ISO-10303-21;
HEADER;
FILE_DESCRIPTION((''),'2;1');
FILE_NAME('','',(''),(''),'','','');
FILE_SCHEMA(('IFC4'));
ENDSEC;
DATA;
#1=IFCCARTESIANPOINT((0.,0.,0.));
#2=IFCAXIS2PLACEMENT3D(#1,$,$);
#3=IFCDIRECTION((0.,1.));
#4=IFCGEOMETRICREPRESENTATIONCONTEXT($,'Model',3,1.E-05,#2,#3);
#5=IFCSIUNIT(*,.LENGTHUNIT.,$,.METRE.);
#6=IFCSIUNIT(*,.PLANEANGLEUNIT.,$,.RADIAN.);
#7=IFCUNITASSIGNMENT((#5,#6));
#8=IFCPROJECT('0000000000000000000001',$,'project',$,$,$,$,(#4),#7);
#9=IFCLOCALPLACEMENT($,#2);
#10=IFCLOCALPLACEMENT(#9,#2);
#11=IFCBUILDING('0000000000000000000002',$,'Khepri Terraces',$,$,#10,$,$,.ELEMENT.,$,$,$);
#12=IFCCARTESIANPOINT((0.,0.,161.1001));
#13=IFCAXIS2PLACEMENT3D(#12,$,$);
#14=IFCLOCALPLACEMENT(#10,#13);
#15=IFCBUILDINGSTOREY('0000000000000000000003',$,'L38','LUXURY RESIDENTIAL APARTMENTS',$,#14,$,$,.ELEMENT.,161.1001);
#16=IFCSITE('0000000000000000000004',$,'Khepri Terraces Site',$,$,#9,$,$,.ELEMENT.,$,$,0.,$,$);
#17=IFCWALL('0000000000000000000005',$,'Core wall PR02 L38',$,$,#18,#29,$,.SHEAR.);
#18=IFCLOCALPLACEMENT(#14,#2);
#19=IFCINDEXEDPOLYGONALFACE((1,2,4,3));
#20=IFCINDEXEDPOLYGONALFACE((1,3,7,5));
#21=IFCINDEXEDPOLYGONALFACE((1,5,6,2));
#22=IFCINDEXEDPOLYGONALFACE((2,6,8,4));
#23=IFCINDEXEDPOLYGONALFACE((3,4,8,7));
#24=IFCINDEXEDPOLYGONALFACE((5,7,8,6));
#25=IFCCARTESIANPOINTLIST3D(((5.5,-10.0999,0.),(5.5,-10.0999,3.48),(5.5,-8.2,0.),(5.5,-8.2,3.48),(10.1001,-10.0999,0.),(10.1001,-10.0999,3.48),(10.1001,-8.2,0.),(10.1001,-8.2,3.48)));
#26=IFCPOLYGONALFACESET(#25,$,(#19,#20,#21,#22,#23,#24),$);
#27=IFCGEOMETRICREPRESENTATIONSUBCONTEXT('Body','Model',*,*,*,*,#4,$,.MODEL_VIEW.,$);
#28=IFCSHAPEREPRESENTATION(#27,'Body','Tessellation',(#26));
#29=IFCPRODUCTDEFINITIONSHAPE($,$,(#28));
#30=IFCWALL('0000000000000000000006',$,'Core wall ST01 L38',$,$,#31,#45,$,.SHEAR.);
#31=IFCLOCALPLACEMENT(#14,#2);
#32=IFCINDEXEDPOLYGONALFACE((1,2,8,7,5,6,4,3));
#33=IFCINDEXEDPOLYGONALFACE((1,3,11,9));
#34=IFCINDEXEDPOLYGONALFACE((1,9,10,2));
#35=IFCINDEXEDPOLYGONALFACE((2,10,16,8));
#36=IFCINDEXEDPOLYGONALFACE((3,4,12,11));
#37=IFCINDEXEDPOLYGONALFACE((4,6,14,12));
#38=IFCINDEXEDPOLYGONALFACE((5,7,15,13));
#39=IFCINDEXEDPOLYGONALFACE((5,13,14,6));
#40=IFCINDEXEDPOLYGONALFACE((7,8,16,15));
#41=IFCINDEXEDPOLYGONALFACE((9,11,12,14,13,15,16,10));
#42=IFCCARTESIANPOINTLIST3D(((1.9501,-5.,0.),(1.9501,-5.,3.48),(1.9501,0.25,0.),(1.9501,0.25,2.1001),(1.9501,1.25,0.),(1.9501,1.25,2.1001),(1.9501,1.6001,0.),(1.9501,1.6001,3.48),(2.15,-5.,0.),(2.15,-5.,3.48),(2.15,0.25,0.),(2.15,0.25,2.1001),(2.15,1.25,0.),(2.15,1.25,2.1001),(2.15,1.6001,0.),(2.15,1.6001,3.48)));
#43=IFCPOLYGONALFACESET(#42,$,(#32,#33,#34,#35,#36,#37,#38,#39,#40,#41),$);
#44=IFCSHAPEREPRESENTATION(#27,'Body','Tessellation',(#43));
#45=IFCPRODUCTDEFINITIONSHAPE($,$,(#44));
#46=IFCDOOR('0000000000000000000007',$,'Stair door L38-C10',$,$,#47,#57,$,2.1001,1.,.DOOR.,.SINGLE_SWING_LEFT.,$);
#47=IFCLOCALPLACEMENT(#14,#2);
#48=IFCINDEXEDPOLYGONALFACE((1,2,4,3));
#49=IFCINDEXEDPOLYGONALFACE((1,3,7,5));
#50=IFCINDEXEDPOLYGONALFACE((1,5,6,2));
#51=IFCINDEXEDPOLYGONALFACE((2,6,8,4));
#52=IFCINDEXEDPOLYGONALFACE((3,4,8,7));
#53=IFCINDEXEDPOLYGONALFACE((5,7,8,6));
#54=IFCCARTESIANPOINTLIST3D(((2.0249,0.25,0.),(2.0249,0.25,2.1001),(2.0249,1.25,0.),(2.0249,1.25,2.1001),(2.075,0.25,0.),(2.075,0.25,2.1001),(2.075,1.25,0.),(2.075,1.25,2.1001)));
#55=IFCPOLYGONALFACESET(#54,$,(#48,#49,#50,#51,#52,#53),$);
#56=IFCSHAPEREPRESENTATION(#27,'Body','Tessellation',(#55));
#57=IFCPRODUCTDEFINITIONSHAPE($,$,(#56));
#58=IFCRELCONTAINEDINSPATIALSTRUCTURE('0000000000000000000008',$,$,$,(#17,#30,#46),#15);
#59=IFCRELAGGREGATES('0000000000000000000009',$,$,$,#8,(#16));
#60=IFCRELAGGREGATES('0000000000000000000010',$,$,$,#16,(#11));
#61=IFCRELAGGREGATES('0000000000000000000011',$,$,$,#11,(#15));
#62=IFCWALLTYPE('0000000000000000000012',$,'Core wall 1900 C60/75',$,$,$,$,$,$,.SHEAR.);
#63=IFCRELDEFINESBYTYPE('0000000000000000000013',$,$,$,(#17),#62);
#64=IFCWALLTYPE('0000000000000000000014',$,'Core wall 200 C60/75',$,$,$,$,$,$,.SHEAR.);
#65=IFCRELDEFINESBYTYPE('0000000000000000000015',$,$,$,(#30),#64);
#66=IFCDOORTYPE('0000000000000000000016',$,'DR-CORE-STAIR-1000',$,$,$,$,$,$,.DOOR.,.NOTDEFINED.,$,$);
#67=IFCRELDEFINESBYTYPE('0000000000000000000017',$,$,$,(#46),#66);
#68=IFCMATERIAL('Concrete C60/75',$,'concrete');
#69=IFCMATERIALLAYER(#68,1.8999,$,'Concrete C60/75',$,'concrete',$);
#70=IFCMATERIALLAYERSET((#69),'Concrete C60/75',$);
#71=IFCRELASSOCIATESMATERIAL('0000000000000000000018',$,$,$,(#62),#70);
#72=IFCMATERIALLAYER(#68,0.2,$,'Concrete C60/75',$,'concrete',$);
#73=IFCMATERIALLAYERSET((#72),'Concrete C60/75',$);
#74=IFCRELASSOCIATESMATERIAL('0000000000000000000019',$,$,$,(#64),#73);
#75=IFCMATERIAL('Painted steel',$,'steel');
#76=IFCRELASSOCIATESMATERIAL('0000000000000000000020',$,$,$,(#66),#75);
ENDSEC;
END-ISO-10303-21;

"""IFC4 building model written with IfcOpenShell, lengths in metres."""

from ifc_helpers import new_model, si_unit, direction, frame, frame_2d, origin, place, context, subcontext, project, spatial, rectangle, extrude, material, layer, layer_set, type_object, element, fill, save


model = new_model("IFC4")

# Units and contexts
model_context = context("Model", 3, precision=1e-05, world=origin(), true_north=direction((0.0, 1.0)))
body_context = subcontext(model_context, "Body", "Model", "MODEL_VIEW")
ifc_project = project(units=[si_unit("LENGTHUNIT", "METRE"), si_unit("PLANEANGLEUNIT", "RADIAN")], contexts=[model_context])

# Site, building, storey
site_placement = place(None, origin())
site = spatial("IfcSite", under=ifc_project, at=site_placement, Name="Khepri Terraces Site", CompositionType="ELEMENT", RefElevation=0.0)
building_placement = place(site_placement, origin())
building = spatial("IfcBuilding", under=site, at=building_placement, Name="Khepri Terraces", CompositionType="ELEMENT")
storey_placement = place(building_placement, frame((0.0, 0.0, 161.1001)))
storey = spatial("IfcBuildingStorey", under=building, at=storey_placement, Name="L38", Description="LUXURY RESIDENTIAL APARTMENTS", CompositionType="ELEMENT", Elevation=161.1001)

# Wall
ifc_material_1 = material(Name="Concrete C60/75", Category="concrete")
ifc_layer_1 = layer(ifc_material_1, 1.8999, Name="Concrete C60/75", Category="concrete")
ifc_layer_set_1 = layer_set([ifc_layer_1], Name="Concrete C60/75")
wall_type_1 = type_object("IfcWallType", Name="Core wall 1900 C60/75", PredefinedType="SHEAR", material=ifc_layer_set_1)
wall_1_placement = place(storey_placement, frame((5.5, -9.1499, 0.0), z_axis=(0.0, 0.0, 1.0), x_axis=(1.0, 0.0, 0.0)))
element("IfcWall", 1, at=wall_1_placement, inside=storey, type_object=wall_type_1, Name="Core wall PR02 L38", PredefinedType="SHEAR", context=body_context, shape_type="SweptSolid", body=[
    extrude(rectangle(XDim=4.6001, YDim=1.8999, at=frame_2d((2.3, 0.0))), origin(), (0.0, 0.0, 1.0), 3.48),
])

# Wall, opening, door
ifc_layer_2 = layer(ifc_material_1, 0.2, Name="Concrete C60/75", Category="concrete")
ifc_layer_set_2 = layer_set([ifc_layer_2], Name="Concrete C60/75")
wall_type_2 = type_object("IfcWallType", Name="Core wall 200 C60/75", PredefinedType="SHEAR", material=ifc_layer_set_2)
wall_2_placement = place(storey_placement, frame((2.05, -5.0, 0.0), z_axis=(0.0, 0.0, 1.0), x_axis=(0.0, 1.0, 0.0)))
wall_2 = element("IfcWall", 2, at=wall_2_placement, inside=storey, type_object=wall_type_2, Name="Core wall ST01 L38", PredefinedType="SHEAR", context=body_context, shape_type="SweptSolid", body=[
    extrude(rectangle(XDim=6.6001, YDim=0.2, at=frame_2d((3.3, 0.0))), origin(), (0.0, 0.0, 1.0), 3.48),
])
opening_1_placement = place(wall_2_placement, frame((5.25, 0.0, 0.0)))
opening_1 = element("IfcOpeningElement", 3, at=opening_1_placement, cuts=wall_2, PredefinedType="OPENING", context=body_context, shape_type="SweptSolid", body=[
    extrude(rectangle(XDim=1.0, YDim=2.1001, at=frame_2d((0.5, 1.05))), frame((0.0, 0.1099, 0.0), z_axis=(0.0, -1.0, 0.0), x_axis=(1.0, 0.0, 0.0)), (0.0, 0.0, 1.0), 0.22),
])
ifc_material_2 = material(Name="Painted steel", Category="steel")
door_type_1 = type_object("IfcDoorType", Name="DR-CORE-STAIR-1000", OperationType="NOTDEFINED", PredefinedType="DOOR", material=ifc_material_2)
door_1_placement = place(opening_1_placement, frame((1.0, 0.0, 0.0), z_axis=(0.0, 0.0, 1.0), x_axis=(-1.0, 0.0, 0.0)))
door_1 = element("IfcDoor", 4, at=door_1_placement, inside=storey, type_object=door_type_1, Name="Stair door L38-C10", OperationType="SINGLE_SWING_LEFT", OverallHeight=2.1001, OverallWidth=1.0, PredefinedType="DOOR", context=body_context, shape_type="SweptSolid", body=[
    extrude(rectangle(XDim=1.0, YDim=2.1001, at=frame_2d((0.5, 1.05))), frame((0.0, 0.0249, 0.0), z_axis=(0.0, -1.0, 0.0), x_axis=(1.0, 0.0, 0.0)), (0.0, 0.0, 1.0), 0.05),
])
fill(opening_1, door_1)

save(model, "model.ifc")
